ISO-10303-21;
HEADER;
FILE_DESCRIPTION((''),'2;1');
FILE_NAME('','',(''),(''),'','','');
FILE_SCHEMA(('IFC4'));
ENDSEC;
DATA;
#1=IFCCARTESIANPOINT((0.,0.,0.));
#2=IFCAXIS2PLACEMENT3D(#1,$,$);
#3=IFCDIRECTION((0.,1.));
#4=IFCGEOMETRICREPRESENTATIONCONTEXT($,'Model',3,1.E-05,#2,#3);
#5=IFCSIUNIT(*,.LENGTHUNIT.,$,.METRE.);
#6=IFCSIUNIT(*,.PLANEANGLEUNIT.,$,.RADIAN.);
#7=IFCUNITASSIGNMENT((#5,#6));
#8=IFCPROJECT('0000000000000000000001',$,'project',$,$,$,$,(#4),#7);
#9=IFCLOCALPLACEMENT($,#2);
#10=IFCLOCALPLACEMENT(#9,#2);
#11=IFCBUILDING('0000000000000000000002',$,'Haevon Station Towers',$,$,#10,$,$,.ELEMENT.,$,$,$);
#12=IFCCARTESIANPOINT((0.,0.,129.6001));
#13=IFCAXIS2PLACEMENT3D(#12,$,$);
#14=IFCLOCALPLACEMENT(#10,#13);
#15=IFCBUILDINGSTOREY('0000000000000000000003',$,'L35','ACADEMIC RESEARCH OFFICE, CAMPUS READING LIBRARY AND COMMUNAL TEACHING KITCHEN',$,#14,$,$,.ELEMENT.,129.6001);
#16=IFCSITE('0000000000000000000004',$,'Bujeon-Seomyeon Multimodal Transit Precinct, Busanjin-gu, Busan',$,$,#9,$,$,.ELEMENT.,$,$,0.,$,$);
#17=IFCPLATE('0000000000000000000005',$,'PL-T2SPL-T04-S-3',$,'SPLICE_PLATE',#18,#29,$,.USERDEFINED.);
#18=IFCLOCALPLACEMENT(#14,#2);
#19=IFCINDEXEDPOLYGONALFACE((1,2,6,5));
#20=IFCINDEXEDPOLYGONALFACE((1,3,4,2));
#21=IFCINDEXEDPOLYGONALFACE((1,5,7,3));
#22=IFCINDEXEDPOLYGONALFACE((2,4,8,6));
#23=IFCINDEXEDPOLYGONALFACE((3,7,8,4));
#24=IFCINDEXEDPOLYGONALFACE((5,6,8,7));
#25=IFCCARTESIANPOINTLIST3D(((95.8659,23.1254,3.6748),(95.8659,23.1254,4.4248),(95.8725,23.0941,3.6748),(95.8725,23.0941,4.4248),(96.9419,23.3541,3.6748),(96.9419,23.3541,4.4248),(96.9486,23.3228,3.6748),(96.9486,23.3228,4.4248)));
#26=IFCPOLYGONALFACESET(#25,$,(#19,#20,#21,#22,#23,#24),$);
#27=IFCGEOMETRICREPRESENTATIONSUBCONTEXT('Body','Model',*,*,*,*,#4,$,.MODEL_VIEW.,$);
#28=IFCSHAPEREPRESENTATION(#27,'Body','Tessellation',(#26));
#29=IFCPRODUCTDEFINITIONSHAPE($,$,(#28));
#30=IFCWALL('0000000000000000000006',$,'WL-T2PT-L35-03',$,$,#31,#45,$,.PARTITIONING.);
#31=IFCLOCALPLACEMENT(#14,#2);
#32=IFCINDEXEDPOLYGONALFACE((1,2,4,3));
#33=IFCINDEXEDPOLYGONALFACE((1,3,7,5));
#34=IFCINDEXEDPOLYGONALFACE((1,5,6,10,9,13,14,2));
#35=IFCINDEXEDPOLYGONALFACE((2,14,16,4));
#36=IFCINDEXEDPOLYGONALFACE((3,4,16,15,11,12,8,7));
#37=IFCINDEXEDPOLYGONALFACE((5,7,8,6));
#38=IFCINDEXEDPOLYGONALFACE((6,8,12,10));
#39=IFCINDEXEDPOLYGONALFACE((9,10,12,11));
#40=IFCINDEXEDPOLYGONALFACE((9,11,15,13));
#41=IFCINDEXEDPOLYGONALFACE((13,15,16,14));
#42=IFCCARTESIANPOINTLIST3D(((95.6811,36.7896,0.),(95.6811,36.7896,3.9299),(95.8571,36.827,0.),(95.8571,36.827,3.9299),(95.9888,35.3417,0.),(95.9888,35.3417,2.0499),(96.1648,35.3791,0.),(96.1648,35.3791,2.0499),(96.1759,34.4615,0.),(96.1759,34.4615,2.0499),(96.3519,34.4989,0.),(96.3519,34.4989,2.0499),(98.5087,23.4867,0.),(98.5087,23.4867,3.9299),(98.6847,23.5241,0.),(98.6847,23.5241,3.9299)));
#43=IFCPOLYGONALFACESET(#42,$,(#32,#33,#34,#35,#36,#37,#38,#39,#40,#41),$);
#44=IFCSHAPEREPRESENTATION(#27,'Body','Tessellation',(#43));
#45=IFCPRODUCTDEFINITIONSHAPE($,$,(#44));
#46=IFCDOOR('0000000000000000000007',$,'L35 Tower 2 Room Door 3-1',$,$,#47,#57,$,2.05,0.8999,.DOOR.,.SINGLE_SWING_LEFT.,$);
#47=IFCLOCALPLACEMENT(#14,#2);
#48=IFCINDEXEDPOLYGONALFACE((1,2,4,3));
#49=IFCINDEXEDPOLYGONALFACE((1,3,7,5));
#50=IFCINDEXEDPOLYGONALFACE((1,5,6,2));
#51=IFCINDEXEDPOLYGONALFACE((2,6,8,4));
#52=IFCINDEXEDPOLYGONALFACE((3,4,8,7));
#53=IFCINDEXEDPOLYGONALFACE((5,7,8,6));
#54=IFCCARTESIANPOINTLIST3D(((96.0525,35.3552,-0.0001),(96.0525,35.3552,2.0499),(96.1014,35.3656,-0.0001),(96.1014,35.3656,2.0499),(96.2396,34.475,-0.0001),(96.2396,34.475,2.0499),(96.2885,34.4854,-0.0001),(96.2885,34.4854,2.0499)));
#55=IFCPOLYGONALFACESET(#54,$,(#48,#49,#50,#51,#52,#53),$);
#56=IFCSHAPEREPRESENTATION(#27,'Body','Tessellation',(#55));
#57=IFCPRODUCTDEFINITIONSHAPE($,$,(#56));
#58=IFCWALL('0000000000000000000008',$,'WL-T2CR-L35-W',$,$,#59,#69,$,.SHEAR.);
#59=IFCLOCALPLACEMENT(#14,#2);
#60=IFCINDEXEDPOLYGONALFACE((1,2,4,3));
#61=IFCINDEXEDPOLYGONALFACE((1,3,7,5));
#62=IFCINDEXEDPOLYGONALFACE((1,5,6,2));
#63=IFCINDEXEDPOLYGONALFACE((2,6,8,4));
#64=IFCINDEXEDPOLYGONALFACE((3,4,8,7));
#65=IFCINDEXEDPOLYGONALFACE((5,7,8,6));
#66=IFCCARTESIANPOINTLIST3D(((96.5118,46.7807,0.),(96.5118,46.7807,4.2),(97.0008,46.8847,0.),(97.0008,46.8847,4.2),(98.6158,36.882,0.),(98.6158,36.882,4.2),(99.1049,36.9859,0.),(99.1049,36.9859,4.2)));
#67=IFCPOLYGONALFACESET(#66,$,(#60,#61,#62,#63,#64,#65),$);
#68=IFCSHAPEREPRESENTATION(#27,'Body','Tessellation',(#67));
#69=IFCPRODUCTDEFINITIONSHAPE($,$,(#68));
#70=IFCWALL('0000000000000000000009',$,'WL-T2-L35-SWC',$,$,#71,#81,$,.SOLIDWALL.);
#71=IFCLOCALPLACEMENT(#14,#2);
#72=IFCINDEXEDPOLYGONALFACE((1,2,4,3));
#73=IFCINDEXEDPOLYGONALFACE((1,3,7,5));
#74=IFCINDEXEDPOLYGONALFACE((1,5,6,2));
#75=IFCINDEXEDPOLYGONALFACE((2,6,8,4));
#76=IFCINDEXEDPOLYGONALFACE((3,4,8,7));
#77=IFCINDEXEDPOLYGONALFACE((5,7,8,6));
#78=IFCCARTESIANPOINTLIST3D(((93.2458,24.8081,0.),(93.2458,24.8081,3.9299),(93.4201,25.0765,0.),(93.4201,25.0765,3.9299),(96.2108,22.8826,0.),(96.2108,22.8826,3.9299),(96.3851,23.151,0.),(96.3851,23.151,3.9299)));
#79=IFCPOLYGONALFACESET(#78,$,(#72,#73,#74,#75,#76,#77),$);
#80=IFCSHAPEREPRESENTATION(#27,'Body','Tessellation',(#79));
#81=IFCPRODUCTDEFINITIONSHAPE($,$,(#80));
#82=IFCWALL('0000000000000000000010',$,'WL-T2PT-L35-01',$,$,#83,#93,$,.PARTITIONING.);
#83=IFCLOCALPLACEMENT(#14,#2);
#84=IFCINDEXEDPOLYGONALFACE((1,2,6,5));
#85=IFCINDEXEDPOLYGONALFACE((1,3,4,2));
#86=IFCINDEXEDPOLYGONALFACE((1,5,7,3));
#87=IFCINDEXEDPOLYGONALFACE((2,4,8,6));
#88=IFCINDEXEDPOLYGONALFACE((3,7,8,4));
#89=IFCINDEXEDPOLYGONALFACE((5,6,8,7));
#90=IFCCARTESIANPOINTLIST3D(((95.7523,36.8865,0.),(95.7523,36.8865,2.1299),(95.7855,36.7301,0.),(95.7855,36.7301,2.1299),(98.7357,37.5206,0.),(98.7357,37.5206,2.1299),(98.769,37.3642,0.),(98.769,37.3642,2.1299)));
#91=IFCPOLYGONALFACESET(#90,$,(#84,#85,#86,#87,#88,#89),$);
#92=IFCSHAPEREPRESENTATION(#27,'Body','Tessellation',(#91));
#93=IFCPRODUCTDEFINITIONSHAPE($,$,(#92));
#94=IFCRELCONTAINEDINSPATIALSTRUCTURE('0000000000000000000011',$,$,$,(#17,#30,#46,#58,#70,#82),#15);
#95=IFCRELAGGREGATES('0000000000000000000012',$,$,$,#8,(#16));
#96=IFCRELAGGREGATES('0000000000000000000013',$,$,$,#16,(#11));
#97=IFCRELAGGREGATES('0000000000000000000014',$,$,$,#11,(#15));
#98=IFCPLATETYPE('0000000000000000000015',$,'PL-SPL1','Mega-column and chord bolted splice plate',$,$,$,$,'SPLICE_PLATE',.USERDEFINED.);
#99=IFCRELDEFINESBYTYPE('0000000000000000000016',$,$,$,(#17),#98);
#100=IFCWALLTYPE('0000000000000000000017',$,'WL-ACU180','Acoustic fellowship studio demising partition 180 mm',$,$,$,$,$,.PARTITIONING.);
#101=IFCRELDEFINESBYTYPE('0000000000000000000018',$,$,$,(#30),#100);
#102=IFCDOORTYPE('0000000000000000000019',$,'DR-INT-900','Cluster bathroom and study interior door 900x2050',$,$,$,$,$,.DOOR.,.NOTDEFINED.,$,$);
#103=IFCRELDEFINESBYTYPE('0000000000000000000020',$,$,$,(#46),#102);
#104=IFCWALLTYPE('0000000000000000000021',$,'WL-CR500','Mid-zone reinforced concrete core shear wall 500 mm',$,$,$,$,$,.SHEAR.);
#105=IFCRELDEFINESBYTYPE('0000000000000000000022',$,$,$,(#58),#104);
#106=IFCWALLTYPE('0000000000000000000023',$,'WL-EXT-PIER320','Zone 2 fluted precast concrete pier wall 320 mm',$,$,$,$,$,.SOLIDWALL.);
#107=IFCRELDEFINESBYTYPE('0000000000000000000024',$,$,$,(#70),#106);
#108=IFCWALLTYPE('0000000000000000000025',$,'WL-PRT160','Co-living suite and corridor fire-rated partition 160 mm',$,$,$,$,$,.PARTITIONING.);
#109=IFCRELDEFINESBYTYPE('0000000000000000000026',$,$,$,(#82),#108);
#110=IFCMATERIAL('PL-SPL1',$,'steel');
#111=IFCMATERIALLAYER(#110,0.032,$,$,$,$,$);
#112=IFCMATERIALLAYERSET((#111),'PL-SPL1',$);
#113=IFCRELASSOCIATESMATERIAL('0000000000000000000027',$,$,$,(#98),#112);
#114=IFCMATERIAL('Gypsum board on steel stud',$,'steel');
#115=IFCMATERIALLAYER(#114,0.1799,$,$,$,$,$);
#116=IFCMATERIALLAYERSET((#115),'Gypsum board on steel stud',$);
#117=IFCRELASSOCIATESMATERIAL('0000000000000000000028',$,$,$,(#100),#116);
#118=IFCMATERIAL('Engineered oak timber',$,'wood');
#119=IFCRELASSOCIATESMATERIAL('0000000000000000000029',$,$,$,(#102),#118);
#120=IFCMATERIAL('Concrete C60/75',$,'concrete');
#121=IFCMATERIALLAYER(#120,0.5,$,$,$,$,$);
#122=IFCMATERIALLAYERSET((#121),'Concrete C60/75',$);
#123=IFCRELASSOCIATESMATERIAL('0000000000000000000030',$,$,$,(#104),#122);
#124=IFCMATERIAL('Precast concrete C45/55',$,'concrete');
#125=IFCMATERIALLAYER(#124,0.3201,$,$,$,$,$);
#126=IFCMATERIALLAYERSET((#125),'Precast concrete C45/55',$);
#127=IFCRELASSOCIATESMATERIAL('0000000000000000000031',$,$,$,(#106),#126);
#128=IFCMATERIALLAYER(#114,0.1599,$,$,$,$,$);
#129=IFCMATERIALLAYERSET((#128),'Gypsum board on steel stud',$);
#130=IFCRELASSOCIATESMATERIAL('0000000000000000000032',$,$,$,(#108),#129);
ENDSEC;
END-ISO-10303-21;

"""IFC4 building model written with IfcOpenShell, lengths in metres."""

from ifc_helpers import new_model, si_unit, direction, frame, frame_2d, origin, origin_2d, place, context, subcontext, project, spatial, rectangle, extrude, material, layer, layer_set, type_object, element, fill, save


model = new_model("IFC4")

# Units and contexts
model_context = context("Model", 3, precision=1e-05, world=origin(), true_north=direction((0.0, 1.0)))
body_context = subcontext(model_context, "Body", "Model", "MODEL_VIEW")
ifc_project = project(units=[si_unit("LENGTHUNIT", "METRE"), si_unit("PLANEANGLEUNIT", "RADIAN")], contexts=[model_context])

# Site, building, storey
site_placement = place(None, origin())
site = spatial("IfcSite", under=ifc_project, at=site_placement, Name="Bujeon-Seomyeon Multimodal Transit Precinct, Busanjin-gu, Busan", CompositionType="ELEMENT", RefElevation=0.0)
building_placement = place(site_placement, origin())
building = spatial("IfcBuilding", under=site, at=building_placement, Name="Haevon Station Towers", CompositionType="ELEMENT")
storey_placement = place(building_placement, frame((0.0, 0.0, 129.6001)))
storey = spatial("IfcBuildingStorey", under=building, at=storey_placement, Name="L35", Description="ACADEMIC RESEARCH OFFICE, CAMPUS READING LIBRARY AND COMMUNAL TEACHING KITCHEN", CompositionType="ELEMENT", Elevation=129.6001)

# Plate
ifc_material_1 = material(Name="PL-SPL1", Category="steel")
ifc_layer_1 = layer(ifc_material_1, 0.032)
ifc_layer_set_1 = layer_set([ifc_layer_1], Name="PL-SPL1")
plate_type_1 = type_object("IfcPlateType", Name="PL-SPL1", Description="Mega-column and chord bolted splice plate", ElementType="SPLICE_PLATE", PredefinedType="USERDEFINED", material=ifc_layer_set_1)
plate_1_placement = place(storey_placement, frame((96.4072, 23.2241, 3.6748), z_axis=(0.0, 0.0, 1.0), x_axis=(0.978148, 0.207912, 0.0)))
element("IfcPlate", 1, at=plate_1_placement, inside=storey, type_object=plate_type_1, Name="PL-T2SPL-T04-S-3", ObjectType="SPLICE_PLATE", PredefinedType="USERDEFINED", context=body_context, shape_type="SweptSolid", body=[
    extrude(rectangle(XDim=1.1001, YDim=0.032, at=origin_2d()), origin(), (0.0, 0.0, 1.0), 0.75),
])

# Wall, opening, door
ifc_material_2 = material(Name="Gypsum board on steel stud", Category="steel")
ifc_layer_2 = layer(ifc_material_2, 0.1799)
ifc_layer_set_2 = layer_set([ifc_layer_2], Name="Gypsum board on steel stud")
wall_type_1 = type_object("IfcWallType", Name="WL-ACU180", Description="Acoustic fellowship studio demising partition 180 mm", PredefinedType="PARTITIONING", material=ifc_layer_set_2)
wall_1_placement = place(storey_placement, frame((98.5967, 23.5054, 0.0), z_axis=(0.0, 0.0, 1.0), x_axis=(-0.207912, 0.978148, 0.0)))
wall_1 = element("IfcWall", 2, at=wall_1_placement, inside=storey, type_object=wall_type_1, Name="WL-T2PT-L35-03", PredefinedType="PARTITIONING", context=body_context, shape_type="SweptSolid", body=[
    extrude(rectangle(XDim=13.6001, YDim=0.1799, at=frame_2d((6.8, 0.0))), origin(), (0.0, 0.0, 1.0), 3.9299),
])
opening_1_placement = place(wall_1_placement, frame((11.22, 0.0, 0.0)))
opening_1 = element("IfcOpeningElement", 3, at=opening_1_placement, cuts=wall_1, PredefinedType="OPENING", context=body_context, shape_type="SweptSolid", body=[
    extrude(rectangle(XDim=0.8999, YDim=2.05, at=frame_2d((0.45, 1.0249))), frame((0.0, 0.0999, 0.0), z_axis=(0.0, -1.0, 0.0), x_axis=(1.0, 0.0, 0.0)), (0.0, 0.0, 1.0), 0.2),
])
ifc_material_3 = material(Name="Engineered oak timber", Category="wood")
door_type_1 = type_object("IfcDoorType", Name="DR-INT-900", Description="Cluster bathroom and study interior door 900x2050", OperationType="NOTDEFINED", PredefinedType="DOOR", material=ifc_material_3)
door_1_placement = place(opening_1_placement, origin())
door_1 = element("IfcDoor", 4, at=door_1_placement, inside=storey, type_object=door_type_1, Name="L35 Tower 2 Room Door 3-1", OperationType="SINGLE_SWING_LEFT", OverallHeight=2.05, OverallWidth=0.8999, PredefinedType="DOOR", context=body_context, shape_type="SweptSolid", body=[
    extrude(rectangle(XDim=0.8999, YDim=2.05, at=frame_2d((0.45, 1.0249))), frame((0.0, 0.0249, 0.0), z_axis=(0.0, -1.0, 0.0), x_axis=(1.0, 0.0, 0.0)), (0.0, 0.0, 1.0), 0.05),
])
fill(opening_1, door_1)

# Walls
ifc_material_4 = material(Name="Concrete C60/75", Category="concrete")
ifc_layer_3 = layer(ifc_material_4, 0.5)
ifc_layer_set_3 = layer_set([ifc_layer_3], Name="Concrete C60/75")
wall_type_2 = type_object("IfcWallType", Name="WL-CR500", Description="Mid-zone reinforced concrete core shear wall 500 mm", PredefinedType="SHEAR", material=ifc_layer_set_3)
wall_2_placement = place(storey_placement, frame((98.8604, 36.9338, 0.0), z_axis=(0.0, 0.0, 1.0), x_axis=(-0.207909, 0.978148, 0.0)))
element("IfcWall", 5, at=wall_2_placement, inside=storey, type_object=wall_type_2, Name="WL-T2CR-L35-W", PredefinedType="SHEAR", context=body_context, shape_type="SweptSolid", body=[
    extrude(rectangle(XDim=10.1199, YDim=0.5, at=frame_2d((5.0601, 0.0))), origin(), (0.0, 0.0, 1.0), 4.2),
])
ifc_material_5 = material(Name="Precast concrete C45/55", Category="concrete")
ifc_layer_4 = layer(ifc_material_5, 0.3201)
ifc_layer_set_4 = layer_set([ifc_layer_4], Name="Precast concrete C45/55")
wall_type_3 = type_object("IfcWallType", Name="WL-EXT-PIER320", Description="Zone 2 fluted precast concrete pier wall 320 mm", PredefinedType="SOLIDWALL", material=ifc_layer_set_4)
wall_3_placement = place(storey_placement, frame((96.2979, 23.0168, 0.0), z_axis=(0.0, 0.0, 1.0), x_axis=(-0.838672, 0.544636, 0.0)))
element("IfcWall", 6, at=wall_3_placement, inside=storey, type_object=wall_type_3, Name="WL-T2-L35-SWC", PredefinedType="SOLIDWALL", context=body_context, shape_type="SweptSolid", body=[
    extrude(rectangle(XDim=3.5354, YDim=0.3201, at=frame_2d((1.7676, 0.0))), origin(), (0.0, 0.0, 1.0), 3.9299),
])
ifc_layer_5 = layer(ifc_material_2, 0.1599)
ifc_layer_set_5 = layer_set([ifc_layer_5], Name="Gypsum board on steel stud")
wall_type_4 = type_object("IfcWallType", Name="WL-PRT160", Description="Co-living suite and corridor fire-rated partition 160 mm", PredefinedType="PARTITIONING", material=ifc_layer_set_5)
wall_4_placement = place(storey_placement, frame((95.769, 36.8083, 0.0), z_axis=(0.0, 0.0, 1.0), x_axis=(0.978155, 0.207878, 0.0)))
element("IfcWall", 7, at=wall_4_placement, inside=storey, type_object=wall_type_4, Name="WL-T2PT-L35-01", PredefinedType="PARTITIONING", context=body_context, shape_type="SweptSolid", body=[
    extrude(rectangle(XDim=3.05, YDim=0.1599, at=frame_2d((1.5249, 0.0))), origin(), (0.0, 0.0, 1.0), 2.1299),
])

save(model, "model.ifc")
